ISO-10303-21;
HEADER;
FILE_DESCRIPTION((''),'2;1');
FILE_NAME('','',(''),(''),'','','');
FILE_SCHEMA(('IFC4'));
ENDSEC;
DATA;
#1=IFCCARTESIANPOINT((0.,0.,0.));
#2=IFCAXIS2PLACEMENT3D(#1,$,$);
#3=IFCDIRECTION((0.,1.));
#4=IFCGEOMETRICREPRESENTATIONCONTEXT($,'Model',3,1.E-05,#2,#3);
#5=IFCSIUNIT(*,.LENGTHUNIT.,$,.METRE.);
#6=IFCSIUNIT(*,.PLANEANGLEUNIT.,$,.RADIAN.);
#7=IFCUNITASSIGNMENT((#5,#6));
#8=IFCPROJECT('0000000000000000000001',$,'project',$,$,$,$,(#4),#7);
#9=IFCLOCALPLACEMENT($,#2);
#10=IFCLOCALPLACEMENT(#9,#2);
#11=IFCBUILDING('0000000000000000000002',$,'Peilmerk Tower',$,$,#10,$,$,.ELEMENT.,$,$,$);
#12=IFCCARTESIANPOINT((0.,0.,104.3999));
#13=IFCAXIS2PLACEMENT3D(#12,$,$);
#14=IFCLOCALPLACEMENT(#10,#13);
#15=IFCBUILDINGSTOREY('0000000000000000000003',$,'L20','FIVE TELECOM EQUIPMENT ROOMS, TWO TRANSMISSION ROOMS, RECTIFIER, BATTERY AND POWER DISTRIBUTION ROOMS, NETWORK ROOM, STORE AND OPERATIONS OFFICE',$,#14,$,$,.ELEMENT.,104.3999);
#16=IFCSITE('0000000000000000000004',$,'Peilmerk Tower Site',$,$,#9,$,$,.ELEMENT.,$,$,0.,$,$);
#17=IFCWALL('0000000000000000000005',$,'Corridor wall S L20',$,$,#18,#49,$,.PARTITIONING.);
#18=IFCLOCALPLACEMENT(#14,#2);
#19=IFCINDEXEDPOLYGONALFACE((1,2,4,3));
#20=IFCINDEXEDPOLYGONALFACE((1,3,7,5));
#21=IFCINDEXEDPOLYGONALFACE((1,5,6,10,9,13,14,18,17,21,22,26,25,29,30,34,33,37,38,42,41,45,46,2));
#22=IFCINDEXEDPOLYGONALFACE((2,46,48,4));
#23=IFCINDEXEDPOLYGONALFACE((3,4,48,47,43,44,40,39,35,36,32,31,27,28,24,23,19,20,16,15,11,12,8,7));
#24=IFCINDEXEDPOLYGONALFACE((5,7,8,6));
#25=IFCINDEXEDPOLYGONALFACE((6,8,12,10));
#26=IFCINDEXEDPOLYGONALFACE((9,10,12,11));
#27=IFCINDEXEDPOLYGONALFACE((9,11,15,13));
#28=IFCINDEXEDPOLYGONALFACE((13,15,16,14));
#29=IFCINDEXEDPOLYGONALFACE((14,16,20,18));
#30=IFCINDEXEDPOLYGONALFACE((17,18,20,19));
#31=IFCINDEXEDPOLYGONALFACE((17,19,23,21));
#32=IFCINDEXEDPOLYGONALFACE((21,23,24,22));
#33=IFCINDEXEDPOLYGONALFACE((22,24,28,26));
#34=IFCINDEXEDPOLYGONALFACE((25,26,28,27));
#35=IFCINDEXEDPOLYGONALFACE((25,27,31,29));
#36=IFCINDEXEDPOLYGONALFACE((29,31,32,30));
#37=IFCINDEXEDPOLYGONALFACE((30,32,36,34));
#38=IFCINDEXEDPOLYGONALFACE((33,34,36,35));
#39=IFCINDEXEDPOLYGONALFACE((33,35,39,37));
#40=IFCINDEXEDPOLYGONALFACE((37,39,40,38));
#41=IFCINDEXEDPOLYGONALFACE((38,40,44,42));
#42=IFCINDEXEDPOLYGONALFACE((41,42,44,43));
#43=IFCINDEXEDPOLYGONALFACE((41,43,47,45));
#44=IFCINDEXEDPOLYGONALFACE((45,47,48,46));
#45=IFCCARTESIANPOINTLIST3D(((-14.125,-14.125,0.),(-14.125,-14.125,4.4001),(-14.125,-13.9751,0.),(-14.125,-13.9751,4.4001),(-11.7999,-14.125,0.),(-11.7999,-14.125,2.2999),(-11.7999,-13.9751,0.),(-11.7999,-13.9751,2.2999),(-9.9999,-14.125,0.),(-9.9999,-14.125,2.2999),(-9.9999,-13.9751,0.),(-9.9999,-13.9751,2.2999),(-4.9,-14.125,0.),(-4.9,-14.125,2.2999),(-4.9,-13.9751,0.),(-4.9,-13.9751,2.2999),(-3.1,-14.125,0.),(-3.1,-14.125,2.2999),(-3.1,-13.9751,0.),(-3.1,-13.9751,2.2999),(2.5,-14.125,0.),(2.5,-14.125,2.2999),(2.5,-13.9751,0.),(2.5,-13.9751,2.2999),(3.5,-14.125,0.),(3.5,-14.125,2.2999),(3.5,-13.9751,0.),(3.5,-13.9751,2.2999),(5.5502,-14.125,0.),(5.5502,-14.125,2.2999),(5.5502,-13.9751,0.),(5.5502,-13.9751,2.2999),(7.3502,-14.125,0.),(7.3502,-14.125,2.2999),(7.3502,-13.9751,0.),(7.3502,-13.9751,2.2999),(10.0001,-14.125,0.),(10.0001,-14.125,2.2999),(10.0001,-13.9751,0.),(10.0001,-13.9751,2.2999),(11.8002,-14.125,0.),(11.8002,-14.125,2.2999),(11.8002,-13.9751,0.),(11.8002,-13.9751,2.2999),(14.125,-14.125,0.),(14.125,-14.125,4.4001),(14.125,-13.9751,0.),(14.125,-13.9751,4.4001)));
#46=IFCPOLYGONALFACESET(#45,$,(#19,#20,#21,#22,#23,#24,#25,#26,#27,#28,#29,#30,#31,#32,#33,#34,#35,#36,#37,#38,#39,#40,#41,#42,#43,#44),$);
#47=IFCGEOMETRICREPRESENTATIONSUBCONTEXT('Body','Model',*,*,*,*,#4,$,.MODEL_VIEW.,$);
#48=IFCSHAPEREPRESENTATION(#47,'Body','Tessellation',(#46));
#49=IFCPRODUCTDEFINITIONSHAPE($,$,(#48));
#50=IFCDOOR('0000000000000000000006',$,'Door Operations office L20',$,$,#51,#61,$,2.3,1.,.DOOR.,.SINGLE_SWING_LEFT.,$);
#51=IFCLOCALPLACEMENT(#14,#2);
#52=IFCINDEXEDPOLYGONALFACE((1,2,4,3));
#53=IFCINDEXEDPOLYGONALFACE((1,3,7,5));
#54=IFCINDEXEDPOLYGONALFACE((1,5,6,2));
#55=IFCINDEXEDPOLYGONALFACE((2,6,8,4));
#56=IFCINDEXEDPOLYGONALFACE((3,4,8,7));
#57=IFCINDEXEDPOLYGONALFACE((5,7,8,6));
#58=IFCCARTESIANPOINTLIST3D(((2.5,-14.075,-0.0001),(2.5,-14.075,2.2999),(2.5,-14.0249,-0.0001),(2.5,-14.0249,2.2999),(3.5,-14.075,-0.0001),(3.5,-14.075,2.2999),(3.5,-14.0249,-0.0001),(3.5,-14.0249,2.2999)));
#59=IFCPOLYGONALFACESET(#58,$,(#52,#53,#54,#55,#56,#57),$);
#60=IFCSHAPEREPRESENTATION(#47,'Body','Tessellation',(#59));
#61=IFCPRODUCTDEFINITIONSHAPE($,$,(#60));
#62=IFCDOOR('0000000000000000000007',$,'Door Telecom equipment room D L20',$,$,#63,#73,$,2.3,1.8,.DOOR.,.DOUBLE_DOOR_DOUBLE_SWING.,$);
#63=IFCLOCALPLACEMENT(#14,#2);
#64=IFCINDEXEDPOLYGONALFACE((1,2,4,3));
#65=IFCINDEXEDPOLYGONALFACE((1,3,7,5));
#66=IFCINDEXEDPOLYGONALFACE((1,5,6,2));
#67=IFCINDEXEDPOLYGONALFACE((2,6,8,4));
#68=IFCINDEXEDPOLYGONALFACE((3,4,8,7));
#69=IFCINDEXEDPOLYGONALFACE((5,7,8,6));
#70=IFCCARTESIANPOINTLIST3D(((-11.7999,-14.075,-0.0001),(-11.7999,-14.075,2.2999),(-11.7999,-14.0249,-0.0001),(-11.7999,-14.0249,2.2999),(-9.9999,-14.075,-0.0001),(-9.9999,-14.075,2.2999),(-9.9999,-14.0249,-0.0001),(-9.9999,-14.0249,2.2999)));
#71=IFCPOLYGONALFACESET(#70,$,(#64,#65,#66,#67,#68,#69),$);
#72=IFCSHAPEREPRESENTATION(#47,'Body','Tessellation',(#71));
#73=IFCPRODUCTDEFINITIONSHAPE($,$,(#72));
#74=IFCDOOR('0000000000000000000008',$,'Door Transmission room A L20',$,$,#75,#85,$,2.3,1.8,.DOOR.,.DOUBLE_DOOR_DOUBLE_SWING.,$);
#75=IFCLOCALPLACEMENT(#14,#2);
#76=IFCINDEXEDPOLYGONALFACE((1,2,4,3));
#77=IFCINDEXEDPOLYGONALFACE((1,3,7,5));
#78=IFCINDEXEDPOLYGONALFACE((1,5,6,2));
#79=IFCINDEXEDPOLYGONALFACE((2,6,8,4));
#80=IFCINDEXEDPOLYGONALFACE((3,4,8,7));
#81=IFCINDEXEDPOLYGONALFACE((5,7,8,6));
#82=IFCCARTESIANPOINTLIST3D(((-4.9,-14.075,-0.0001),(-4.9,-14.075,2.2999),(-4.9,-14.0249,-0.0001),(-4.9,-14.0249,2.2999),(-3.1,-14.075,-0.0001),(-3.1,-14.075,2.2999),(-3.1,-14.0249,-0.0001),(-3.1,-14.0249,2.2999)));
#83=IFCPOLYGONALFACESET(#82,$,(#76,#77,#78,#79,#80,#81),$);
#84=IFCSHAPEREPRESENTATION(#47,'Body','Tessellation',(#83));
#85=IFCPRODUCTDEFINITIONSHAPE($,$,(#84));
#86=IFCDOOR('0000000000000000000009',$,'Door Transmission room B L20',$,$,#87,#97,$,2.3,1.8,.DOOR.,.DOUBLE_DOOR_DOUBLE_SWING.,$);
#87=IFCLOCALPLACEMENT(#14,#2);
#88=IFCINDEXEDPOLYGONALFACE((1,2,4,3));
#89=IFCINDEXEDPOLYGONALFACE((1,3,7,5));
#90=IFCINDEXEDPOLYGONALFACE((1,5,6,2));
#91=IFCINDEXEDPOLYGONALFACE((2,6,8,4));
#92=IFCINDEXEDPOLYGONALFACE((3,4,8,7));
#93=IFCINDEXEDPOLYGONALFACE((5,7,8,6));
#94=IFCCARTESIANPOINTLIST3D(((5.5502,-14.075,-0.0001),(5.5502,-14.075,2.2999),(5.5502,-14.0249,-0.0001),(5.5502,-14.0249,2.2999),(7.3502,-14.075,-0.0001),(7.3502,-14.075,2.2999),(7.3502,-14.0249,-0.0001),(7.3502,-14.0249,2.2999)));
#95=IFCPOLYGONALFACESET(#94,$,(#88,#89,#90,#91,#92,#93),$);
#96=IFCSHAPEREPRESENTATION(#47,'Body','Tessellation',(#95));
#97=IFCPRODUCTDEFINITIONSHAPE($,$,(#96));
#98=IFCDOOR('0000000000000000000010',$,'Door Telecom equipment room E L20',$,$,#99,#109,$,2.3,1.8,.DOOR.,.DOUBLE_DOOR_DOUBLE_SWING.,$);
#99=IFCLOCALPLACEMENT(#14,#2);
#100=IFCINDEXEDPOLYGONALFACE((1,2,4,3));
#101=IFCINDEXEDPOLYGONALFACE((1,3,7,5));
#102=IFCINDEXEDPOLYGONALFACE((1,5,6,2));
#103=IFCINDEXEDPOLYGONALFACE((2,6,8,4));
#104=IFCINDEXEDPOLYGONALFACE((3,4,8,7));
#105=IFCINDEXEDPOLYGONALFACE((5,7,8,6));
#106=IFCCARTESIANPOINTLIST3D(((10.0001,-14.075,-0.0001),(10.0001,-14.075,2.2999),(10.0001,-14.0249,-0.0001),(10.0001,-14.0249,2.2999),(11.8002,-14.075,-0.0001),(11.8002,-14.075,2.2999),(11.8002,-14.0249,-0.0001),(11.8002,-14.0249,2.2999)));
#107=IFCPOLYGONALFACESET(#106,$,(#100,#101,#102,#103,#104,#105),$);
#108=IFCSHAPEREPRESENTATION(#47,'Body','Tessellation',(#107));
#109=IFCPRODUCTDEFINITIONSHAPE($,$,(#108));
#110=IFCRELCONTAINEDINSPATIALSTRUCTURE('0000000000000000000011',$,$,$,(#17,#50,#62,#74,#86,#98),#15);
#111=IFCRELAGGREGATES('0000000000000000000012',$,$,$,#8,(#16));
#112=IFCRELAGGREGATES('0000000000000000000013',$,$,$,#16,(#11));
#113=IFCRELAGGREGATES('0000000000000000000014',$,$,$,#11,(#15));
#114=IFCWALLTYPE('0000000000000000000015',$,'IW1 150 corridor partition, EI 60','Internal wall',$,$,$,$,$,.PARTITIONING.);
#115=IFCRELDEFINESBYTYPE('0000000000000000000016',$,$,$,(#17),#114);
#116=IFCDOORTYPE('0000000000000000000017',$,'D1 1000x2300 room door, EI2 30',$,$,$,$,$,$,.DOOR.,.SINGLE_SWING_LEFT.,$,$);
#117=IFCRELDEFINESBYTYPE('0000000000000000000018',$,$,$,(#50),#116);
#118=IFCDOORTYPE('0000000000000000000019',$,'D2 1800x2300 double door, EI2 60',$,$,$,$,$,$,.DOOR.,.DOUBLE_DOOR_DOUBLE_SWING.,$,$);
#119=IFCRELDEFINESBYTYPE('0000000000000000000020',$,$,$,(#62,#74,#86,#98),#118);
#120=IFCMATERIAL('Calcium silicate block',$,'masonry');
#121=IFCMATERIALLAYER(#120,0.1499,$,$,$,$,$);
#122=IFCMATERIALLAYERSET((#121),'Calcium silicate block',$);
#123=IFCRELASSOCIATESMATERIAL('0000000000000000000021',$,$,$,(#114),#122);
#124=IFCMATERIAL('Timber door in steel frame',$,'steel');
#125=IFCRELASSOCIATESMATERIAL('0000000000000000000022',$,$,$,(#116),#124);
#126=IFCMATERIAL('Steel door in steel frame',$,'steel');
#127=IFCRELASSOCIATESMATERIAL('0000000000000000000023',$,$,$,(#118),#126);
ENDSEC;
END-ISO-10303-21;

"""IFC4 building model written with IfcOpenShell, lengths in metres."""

from ifc_helpers import new_model, si_unit, direction, frame, frame_2d, origin, place, context, subcontext, project, spatial, rectangle, extrude, material, layer, layer_set, type_object, element, fill, save


model = new_model("IFC4")

# Units and contexts
model_context = context("Model", 3, precision=1e-05, world=origin(), true_north=direction((0.0, 1.0)))
body_context = subcontext(model_context, "Body", "Model", "MODEL_VIEW")
ifc_project = project(units=[si_unit("LENGTHUNIT", "METRE"), si_unit("PLANEANGLEUNIT", "RADIAN")], contexts=[model_context])

# Site, building, storey
site_placement = place(None, origin())
site = spatial("IfcSite", under=ifc_project, at=site_placement, Name="Peilmerk Tower Site", CompositionType="ELEMENT", RefElevation=0.0)
building_placement = place(site_placement, origin())
building = spatial("IfcBuilding", under=site, at=building_placement, Name="Peilmerk Tower", CompositionType="ELEMENT")
storey_placement = place(building_placement, frame((0.0, 0.0, 104.3999)))
storey = spatial("IfcBuildingStorey", under=building, at=storey_placement, Name="L20", Description="FIVE TELECOM EQUIPMENT ROOMS, TWO TRANSMISSION ROOMS, RECTIFIER, BATTERY AND POWER DISTRIBUTION ROOMS, NETWORK ROOM, STORE AND OPERATIONS OFFICE", CompositionType="ELEMENT", Elevation=104.3999)

# Wall, openings, doors
ifc_material_1 = material(Name="Calcium silicate block", Category="masonry")
ifc_layer_1 = layer(ifc_material_1, 0.1499)
ifc_layer_set_1 = layer_set([ifc_layer_1], Name="Calcium silicate block")
wall_type_1 = type_object("IfcWallType", Name="IW1 150 corridor partition, EI 60", Description="Internal wall", PredefinedType="PARTITIONING", material=ifc_layer_set_1)
wall_1_placement = place(storey_placement, frame((14.125, -14.05, 0.0), z_axis=(0.0, 0.0, 1.0), x_axis=(-1.0, 0.0, 0.0)))
wall_1 = element("IfcWall", 1, at=wall_1_placement, inside=storey, type_object=wall_type_1, Name="Corridor wall S L20", PredefinedType="PARTITIONING", context=body_context, shape_type="SweptSolid", body=[
    extrude(rectangle(XDim=28.25, YDim=0.1499, at=frame_2d((14.125, 0.0))), origin(), (0.0, 0.0, 1.0), 4.4001),
])
opening_1_placement = place(wall_1_placement, frame((24.125, 0.0, 0.0)))
opening_1 = element("IfcOpeningElement", 2, at=opening_1_placement, cuts=wall_1, PredefinedType="OPENING", context=body_context, shape_type="SweptSolid", body=[
    extrude(rectangle(XDim=1.8, YDim=2.3, at=frame_2d((0.8999, 1.1499))), frame((0.0, 0.085, 0.0), z_axis=(0.0, -1.0, 0.0), x_axis=(1.0, 0.0, 0.0)), (0.0, 0.0, 1.0), 0.1699),
])
opening_2_placement = place(wall_1_placement, frame((17.2251, 0.0, 0.0)))
opening_2 = element("IfcOpeningElement", 3, at=opening_2_placement, cuts=wall_1, PredefinedType="OPENING", context=body_context, shape_type="SweptSolid", body=[
    extrude(rectangle(XDim=1.8, YDim=2.3, at=frame_2d((0.8999, 1.1499))), frame((0.0, 0.085, 0.0), z_axis=(0.0, -1.0, 0.0), x_axis=(1.0, 0.0, 0.0)), (0.0, 0.0, 1.0), 0.1699),
])
opening_3_placement = place(wall_1_placement, frame((6.7749, 0.0, 0.0)))
opening_3 = element("IfcOpeningElement", 4, at=opening_3_placement, cuts=wall_1, PredefinedType="OPENING", context=body_context, shape_type="SweptSolid", body=[
    extrude(rectangle(XDim=1.8, YDim=2.3, at=frame_2d((0.8999, 1.1499))), frame((0.0, 0.085, 0.0), z_axis=(0.0, -1.0, 0.0), x_axis=(1.0, 0.0, 0.0)), (0.0, 0.0, 1.0), 0.1699),
])
opening_4_placement = place(wall_1_placement, frame((2.325, 0.0, 0.0)))
opening_4 = element("IfcOpeningElement", 5, at=opening_4_placement, cuts=wall_1, PredefinedType="OPENING", context=body_context, shape_type="SweptSolid", body=[
    extrude(rectangle(XDim=1.8, YDim=2.3, at=frame_2d((0.8999, 1.1499))), frame((0.0, 0.085, 0.0), z_axis=(0.0, -1.0, 0.0), x_axis=(1.0, 0.0, 0.0)), (0.0, 0.0, 1.0), 0.1699),
])
opening_5_placement = place(wall_1_placement, frame((10.625, 0.0, 0.0)))
opening_5 = element("IfcOpeningElement", 6, at=opening_5_placement, cuts=wall_1, PredefinedType="OPENING", context=body_context, shape_type="SweptSolid", body=[
    extrude(rectangle(XDim=1.0, YDim=2.3, at=frame_2d((0.5, 1.1499))), frame((0.0, 0.085, 0.0), z_axis=(0.0, -1.0, 0.0), x_axis=(1.0, 0.0, 0.0)), (0.0, 0.0, 1.0), 0.1699),
])
ifc_material_2 = material(Name="Timber door in steel frame", Category="steel")
door_type_1 = type_object("IfcDoorType", Name="D1 1000x2300 room door, EI2 30", OperationType="SINGLE_SWING_LEFT", PredefinedType="DOOR", material=ifc_material_2)
door_1_placement = place(opening_5_placement, origin())
door_1 = element("IfcDoor", 7, at=door_1_placement, inside=storey, type_object=door_type_1, Name="Door Operations office L20", OperationType="SINGLE_SWING_LEFT", OverallHeight=2.3, OverallWidth=1.0, PredefinedType="DOOR", context=body_context, shape_type="SweptSolid", body=[
    extrude(rectangle(XDim=1.0, YDim=2.3, at=frame_2d((0.5, 1.1499))), frame((0.0, 0.0249, 0.0), z_axis=(0.0, -1.0, 0.0), x_axis=(1.0, 0.0, 0.0)), (0.0, 0.0, 1.0), 0.05),
])
fill(opening_5, door_1)
ifc_material_3 = material(Name="Steel door in steel frame", Category="steel")
door_type_2 = type_object("IfcDoorType", Name="D2 1800x2300 double door, EI2 60", OperationType="DOUBLE_DOOR_DOUBLE_SWING", PredefinedType="DOOR", material=ifc_material_3)
door_2_placement = place(opening_1_placement, origin())
door_2 = element("IfcDoor", 8, at=door_2_placement, inside=storey, type_object=door_type_2, Name="Door Telecom equipment room D L20", OperationType="DOUBLE_DOOR_DOUBLE_SWING", OverallHeight=2.3, OverallWidth=1.8, PredefinedType="DOOR", context=body_context, shape_type="SweptSolid", body=[
    extrude(rectangle(XDim=1.8, YDim=2.3, at=frame_2d((0.8999, 1.1499))), frame((0.0, 0.0249, 0.0), z_axis=(0.0, -1.0, 0.0), x_axis=(1.0, 0.0, 0.0)), (0.0, 0.0, 1.0), 0.05),
])
fill(opening_1, door_2)
door_3_placement = place(opening_2_placement, origin())
door_3 = element("IfcDoor", 9, at=door_3_placement, inside=storey, type_object=door_type_2, Name="Door Transmission room A L20", OperationType="DOUBLE_DOOR_DOUBLE_SWING", OverallHeight=2.3, OverallWidth=1.8, PredefinedType="DOOR", context=body_context, shape_type="SweptSolid", body=[
    extrude(rectangle(XDim=1.8, YDim=2.3, at=frame_2d((0.8999, 1.1499))), frame((0.0, 0.0249, 0.0), z_axis=(0.0, -1.0, 0.0), x_axis=(1.0, 0.0, 0.0)), (0.0, 0.0, 1.0), 0.05),
])
fill(opening_2, door_3)
door_4_placement = place(opening_3_placement, origin())
door_4 = element("IfcDoor", 10, at=door_4_placement, inside=storey, type_object=door_type_2, Name="Door Transmission room B L20", OperationType="DOUBLE_DOOR_DOUBLE_SWING", OverallHeight=2.3, OverallWidth=1.8, PredefinedType="DOOR", context=body_context, shape_type="SweptSolid", body=[
    extrude(rectangle(XDim=1.8, YDim=2.3, at=frame_2d((0.8999, 1.1499))), frame((0.0, 0.0249, 0.0), z_axis=(0.0, -1.0, 0.0), x_axis=(1.0, 0.0, 0.0)), (0.0, 0.0, 1.0), 0.05),
])
fill(opening_3, door_4)
door_5_placement = place(opening_4_placement, origin())
door_5 = element("IfcDoor", 11, at=door_5_placement, inside=storey, type_object=door_type_2, Name="Door Telecom equipment room E L20", OperationType="DOUBLE_DOOR_DOUBLE_SWING", OverallHeight=2.3, OverallWidth=1.8, PredefinedType="DOOR", context=body_context, shape_type="SweptSolid", body=[
    extrude(rectangle(XDim=1.8, YDim=2.3, at=frame_2d((0.8999, 1.1499))), frame((0.0, 0.0249, 0.0), z_axis=(0.0, -1.0, 0.0), x_axis=(1.0, 0.0, 0.0)), (0.0, 0.0, 1.0), 0.05),
])
fill(opening_4, door_5)

save(model, "model.ifc")
